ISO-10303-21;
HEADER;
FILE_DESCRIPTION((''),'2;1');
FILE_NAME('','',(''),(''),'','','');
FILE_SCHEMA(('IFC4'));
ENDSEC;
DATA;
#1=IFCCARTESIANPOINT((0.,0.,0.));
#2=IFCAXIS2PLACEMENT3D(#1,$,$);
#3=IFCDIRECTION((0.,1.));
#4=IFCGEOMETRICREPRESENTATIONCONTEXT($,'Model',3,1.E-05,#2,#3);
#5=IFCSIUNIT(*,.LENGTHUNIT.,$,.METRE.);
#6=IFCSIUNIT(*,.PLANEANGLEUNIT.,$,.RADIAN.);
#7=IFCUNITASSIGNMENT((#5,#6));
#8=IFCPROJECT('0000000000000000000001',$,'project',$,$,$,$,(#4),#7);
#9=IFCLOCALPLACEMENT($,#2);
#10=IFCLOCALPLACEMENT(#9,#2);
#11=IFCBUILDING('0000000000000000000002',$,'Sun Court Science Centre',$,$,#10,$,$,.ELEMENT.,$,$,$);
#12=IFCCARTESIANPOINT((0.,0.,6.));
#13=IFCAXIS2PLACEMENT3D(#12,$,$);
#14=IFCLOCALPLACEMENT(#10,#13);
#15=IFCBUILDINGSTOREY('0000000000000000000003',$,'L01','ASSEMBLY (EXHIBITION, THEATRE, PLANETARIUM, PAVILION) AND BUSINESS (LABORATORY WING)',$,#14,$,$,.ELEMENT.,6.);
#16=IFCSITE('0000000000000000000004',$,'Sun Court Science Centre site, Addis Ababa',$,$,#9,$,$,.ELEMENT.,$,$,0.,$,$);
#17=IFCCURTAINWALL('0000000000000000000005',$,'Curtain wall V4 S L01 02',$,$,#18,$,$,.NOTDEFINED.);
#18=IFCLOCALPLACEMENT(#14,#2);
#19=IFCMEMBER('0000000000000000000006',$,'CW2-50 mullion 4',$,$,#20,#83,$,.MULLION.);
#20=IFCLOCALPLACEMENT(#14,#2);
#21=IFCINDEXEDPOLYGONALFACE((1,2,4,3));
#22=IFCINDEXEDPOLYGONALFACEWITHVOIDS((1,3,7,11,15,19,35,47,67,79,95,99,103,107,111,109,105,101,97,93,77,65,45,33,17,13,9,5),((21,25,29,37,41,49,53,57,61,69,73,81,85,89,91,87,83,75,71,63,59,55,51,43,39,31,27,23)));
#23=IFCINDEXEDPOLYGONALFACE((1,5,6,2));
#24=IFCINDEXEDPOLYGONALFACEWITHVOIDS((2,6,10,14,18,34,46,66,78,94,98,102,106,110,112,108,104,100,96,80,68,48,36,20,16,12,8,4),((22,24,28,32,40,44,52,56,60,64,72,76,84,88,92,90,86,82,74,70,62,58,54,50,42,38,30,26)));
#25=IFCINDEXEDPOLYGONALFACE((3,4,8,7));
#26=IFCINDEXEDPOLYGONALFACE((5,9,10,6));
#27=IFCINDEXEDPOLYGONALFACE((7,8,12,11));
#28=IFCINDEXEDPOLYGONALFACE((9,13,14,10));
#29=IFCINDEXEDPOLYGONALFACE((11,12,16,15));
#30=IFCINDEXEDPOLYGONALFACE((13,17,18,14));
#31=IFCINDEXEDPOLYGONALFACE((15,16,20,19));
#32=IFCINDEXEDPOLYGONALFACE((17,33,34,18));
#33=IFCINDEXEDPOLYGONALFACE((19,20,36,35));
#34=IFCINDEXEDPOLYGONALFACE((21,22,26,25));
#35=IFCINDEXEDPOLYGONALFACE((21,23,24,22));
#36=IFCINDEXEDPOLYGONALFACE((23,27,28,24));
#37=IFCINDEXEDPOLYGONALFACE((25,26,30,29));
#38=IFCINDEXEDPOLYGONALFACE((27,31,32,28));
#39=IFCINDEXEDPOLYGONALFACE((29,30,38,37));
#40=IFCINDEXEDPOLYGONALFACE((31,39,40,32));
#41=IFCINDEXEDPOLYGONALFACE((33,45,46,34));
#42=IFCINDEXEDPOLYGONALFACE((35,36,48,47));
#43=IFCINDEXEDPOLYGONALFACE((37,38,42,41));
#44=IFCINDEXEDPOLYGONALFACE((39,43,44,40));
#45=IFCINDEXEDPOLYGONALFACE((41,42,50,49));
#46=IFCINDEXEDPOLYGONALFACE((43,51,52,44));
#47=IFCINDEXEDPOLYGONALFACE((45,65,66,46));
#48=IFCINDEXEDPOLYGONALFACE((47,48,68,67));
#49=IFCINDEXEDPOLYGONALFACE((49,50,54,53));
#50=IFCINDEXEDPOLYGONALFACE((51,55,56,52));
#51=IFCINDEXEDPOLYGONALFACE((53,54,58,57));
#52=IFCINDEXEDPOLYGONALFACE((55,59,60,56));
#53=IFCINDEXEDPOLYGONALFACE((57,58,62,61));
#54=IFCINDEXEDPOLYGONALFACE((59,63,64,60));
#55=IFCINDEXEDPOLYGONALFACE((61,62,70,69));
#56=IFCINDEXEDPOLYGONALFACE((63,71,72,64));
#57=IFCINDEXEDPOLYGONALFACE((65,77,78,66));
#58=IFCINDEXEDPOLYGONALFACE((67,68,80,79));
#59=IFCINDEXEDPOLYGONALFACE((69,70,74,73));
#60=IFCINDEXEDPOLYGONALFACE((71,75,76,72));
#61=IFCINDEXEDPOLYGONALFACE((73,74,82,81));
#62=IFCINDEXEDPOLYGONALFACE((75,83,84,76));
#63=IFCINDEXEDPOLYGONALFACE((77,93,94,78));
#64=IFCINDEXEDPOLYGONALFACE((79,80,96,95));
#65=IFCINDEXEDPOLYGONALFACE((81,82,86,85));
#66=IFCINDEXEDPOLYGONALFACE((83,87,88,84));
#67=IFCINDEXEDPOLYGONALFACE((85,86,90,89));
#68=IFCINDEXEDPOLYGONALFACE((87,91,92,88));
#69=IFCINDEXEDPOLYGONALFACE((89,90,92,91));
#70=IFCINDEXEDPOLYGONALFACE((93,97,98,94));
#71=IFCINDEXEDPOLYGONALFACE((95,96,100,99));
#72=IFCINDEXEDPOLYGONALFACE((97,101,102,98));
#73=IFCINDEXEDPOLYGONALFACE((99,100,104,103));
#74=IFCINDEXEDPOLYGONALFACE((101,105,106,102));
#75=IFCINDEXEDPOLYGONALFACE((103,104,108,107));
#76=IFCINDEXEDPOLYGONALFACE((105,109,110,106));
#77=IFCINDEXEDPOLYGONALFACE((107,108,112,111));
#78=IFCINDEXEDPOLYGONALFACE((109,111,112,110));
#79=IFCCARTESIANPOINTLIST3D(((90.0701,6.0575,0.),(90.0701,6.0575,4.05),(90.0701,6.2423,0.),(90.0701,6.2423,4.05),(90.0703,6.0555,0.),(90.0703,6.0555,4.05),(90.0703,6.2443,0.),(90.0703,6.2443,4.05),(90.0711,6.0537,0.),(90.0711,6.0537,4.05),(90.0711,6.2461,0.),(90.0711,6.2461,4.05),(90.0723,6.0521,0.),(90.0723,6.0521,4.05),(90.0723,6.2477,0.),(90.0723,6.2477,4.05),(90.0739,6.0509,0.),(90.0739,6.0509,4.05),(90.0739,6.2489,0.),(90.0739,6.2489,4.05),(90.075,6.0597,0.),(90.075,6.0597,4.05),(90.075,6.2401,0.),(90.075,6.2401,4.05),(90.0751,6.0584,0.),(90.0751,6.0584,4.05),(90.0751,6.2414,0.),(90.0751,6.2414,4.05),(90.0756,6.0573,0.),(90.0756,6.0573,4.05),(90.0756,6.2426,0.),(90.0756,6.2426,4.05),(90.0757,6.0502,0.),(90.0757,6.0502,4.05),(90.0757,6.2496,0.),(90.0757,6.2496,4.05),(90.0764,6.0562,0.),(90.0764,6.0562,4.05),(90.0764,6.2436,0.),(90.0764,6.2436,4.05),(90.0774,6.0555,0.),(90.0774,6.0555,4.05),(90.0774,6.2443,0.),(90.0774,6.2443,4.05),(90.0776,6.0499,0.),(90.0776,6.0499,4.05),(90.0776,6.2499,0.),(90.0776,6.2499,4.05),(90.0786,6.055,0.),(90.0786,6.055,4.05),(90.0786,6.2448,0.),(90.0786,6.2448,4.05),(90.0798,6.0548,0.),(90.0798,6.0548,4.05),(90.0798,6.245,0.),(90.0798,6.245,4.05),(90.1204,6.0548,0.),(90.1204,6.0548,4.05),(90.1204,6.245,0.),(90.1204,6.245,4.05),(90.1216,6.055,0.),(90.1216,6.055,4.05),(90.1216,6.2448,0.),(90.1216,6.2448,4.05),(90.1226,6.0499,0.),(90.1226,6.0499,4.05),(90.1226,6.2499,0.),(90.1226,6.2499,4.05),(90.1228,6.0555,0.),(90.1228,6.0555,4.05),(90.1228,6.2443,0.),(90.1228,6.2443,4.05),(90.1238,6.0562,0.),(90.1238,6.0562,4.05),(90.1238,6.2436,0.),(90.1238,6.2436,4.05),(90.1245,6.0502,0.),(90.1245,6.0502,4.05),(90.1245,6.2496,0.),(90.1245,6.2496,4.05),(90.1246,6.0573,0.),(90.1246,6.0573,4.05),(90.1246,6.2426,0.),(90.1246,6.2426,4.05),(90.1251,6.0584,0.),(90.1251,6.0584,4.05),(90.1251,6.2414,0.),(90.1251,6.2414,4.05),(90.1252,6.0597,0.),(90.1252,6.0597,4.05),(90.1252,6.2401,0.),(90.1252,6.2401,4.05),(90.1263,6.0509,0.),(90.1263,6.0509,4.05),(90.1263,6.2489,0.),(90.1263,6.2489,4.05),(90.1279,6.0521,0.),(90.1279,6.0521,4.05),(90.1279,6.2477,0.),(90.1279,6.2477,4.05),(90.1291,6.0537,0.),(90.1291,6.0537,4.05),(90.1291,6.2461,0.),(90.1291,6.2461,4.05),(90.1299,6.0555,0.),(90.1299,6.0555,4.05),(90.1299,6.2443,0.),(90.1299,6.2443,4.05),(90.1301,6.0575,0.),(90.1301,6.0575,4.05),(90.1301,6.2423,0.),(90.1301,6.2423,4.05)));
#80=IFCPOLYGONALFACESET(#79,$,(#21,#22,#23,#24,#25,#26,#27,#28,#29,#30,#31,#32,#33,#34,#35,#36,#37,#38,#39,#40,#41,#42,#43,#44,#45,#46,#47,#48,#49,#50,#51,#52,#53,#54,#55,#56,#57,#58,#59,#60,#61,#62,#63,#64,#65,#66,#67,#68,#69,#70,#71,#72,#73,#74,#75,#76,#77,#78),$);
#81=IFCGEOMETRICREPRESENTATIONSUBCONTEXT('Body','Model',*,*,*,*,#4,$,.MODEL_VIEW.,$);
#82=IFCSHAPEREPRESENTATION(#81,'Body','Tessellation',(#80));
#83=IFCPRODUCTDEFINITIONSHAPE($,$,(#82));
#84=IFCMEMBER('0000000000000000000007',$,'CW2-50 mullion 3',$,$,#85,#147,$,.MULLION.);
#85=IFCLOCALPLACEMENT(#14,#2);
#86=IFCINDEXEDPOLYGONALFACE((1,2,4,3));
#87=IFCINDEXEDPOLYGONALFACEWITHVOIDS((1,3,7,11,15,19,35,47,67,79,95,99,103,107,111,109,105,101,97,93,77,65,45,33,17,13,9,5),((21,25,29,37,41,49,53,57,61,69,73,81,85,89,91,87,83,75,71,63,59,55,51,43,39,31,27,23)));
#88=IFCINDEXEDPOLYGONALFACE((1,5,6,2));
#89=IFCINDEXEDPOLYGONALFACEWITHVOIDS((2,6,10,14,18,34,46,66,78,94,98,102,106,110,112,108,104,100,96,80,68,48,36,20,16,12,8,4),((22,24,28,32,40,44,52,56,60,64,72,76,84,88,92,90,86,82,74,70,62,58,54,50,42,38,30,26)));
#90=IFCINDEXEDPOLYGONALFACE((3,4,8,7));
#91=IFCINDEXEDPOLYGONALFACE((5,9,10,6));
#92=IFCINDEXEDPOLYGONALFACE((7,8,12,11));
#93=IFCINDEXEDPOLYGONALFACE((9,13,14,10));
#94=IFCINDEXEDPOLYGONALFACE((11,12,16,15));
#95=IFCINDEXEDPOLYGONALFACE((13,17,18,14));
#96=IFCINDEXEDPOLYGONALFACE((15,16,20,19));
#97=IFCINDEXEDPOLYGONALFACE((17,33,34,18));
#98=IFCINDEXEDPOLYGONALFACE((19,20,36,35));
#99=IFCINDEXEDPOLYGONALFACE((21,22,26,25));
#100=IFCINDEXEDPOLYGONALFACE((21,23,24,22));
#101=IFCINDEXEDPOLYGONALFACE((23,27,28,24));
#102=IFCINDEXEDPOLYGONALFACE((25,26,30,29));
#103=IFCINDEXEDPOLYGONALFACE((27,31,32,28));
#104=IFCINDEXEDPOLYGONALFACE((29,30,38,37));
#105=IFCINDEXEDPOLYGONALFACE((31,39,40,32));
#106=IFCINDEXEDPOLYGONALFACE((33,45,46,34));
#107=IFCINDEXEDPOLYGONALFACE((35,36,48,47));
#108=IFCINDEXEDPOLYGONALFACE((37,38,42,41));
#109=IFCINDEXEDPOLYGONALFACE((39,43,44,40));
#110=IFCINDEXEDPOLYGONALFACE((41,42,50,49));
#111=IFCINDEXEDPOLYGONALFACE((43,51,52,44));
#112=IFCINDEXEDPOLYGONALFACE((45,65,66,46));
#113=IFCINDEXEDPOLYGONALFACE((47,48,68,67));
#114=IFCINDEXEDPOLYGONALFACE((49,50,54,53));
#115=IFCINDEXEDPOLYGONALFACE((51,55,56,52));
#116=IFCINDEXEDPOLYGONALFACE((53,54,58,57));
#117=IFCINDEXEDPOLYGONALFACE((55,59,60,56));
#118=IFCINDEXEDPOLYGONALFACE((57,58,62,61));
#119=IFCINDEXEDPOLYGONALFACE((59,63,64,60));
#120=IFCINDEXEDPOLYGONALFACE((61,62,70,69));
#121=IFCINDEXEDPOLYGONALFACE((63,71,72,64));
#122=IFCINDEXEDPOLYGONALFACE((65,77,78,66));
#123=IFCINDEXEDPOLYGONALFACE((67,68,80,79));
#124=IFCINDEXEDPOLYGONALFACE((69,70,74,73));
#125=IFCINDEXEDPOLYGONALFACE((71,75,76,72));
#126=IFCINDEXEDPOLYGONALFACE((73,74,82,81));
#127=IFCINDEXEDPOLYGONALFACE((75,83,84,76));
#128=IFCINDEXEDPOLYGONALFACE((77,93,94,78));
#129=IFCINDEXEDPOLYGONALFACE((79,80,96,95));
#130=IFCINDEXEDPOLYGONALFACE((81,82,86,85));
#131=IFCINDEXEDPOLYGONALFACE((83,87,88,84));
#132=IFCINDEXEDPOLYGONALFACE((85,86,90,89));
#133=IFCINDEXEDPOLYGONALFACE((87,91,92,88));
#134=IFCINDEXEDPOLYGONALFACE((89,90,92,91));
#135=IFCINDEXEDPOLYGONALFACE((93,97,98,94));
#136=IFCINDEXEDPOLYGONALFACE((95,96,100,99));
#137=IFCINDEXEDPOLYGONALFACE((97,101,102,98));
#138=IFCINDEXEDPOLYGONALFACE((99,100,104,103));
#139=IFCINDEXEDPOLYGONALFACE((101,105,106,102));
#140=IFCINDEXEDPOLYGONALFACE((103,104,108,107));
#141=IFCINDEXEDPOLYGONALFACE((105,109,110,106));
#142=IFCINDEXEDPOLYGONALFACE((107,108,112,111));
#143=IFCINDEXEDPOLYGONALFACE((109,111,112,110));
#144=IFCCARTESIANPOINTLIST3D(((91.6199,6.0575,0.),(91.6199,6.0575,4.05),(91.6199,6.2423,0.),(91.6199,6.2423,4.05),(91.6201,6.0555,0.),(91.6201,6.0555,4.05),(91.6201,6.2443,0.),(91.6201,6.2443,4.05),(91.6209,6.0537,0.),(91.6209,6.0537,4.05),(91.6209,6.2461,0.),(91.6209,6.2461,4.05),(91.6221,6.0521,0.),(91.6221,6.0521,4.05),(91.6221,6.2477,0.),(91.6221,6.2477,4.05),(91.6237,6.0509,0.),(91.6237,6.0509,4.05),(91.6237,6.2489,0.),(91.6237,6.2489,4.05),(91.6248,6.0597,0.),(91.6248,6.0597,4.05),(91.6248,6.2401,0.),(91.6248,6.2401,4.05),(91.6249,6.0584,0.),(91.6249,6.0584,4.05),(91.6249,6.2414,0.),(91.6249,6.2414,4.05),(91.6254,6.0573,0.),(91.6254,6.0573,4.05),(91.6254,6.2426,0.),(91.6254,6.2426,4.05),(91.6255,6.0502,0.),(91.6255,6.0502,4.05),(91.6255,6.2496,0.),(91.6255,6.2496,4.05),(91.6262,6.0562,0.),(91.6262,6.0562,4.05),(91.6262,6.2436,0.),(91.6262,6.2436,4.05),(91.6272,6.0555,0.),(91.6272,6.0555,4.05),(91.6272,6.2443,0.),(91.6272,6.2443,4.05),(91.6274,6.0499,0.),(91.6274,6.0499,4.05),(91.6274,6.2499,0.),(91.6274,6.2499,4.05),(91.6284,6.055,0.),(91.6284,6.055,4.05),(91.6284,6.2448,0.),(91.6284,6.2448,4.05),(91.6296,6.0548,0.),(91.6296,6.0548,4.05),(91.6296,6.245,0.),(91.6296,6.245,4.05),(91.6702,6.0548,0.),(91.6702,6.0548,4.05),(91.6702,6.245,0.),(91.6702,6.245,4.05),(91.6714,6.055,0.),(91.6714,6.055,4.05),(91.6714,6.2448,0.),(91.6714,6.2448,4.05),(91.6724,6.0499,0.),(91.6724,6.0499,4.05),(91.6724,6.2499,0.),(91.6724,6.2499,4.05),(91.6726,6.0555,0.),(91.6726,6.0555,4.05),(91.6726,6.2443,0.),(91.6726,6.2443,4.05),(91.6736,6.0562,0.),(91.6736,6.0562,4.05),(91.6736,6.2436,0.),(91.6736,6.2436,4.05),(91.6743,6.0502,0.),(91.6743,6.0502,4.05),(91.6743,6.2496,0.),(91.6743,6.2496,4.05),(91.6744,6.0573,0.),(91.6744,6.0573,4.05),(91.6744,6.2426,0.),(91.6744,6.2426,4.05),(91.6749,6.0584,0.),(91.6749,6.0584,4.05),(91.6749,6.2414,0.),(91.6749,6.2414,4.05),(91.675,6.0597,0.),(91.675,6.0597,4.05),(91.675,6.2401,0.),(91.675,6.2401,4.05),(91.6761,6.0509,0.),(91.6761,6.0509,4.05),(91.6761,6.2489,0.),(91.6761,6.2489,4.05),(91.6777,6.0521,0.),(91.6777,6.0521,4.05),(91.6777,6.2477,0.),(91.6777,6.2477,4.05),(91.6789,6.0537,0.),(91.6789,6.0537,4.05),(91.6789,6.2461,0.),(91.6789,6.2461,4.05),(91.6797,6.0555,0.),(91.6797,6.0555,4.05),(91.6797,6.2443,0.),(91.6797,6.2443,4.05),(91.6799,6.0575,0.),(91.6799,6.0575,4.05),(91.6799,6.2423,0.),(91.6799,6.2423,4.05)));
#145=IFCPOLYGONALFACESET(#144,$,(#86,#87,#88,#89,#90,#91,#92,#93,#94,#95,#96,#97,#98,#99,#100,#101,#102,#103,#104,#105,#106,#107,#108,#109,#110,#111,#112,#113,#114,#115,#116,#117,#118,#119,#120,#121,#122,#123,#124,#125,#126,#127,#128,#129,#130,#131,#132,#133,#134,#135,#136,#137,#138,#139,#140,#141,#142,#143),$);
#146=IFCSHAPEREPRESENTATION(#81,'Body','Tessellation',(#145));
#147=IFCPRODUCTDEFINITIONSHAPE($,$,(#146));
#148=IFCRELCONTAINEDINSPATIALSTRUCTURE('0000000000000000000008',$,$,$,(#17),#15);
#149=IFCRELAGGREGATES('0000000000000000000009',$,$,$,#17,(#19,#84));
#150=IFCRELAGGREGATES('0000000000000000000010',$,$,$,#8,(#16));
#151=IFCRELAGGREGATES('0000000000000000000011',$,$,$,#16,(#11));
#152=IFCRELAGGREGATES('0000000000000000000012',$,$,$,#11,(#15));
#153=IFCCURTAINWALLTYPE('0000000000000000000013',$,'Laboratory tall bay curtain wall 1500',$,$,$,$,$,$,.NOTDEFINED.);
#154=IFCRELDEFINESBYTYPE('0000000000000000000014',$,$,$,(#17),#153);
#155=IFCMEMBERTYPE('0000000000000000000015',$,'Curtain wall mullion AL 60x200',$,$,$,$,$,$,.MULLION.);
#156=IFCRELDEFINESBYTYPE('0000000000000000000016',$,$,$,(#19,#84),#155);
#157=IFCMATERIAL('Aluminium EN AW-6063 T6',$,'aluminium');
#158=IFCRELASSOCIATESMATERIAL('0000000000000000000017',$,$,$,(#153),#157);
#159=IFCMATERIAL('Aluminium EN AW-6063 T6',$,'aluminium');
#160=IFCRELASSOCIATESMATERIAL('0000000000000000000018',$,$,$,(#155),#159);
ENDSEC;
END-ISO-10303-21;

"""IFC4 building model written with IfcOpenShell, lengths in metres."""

from ifc_helpers import new_model, si_unit, direction, frame, origin, origin_2d, place, context, subcontext, project, spatial, hollow_rectangle, extrude, material, material_profile, profile_set, type_object, element, aggregate, save


model = new_model("IFC4")

# Units and contexts
model_context = context("Model", 3, precision=1e-05, world=origin(), true_north=direction((0.0, 1.0)))
body_context = subcontext(model_context, "Body", "Model", "MODEL_VIEW")
ifc_project = project(units=[si_unit("LENGTHUNIT", "METRE"), si_unit("PLANEANGLEUNIT", "RADIAN")], contexts=[model_context])

# Site, building, storey
site_placement = place(None, origin())
site = spatial("IfcSite", under=ifc_project, at=site_placement, Name="Sun Court Science Centre site, Addis Ababa", CompositionType="ELEMENT", RefElevation=0.0)
building_placement = place(site_placement, origin())
building = spatial("IfcBuilding", under=site, at=building_placement, Name="Sun Court Science Centre", CompositionType="ELEMENT")
storey_placement = place(building_placement, frame((0.0, 0.0, 6.0)))
storey = spatial("IfcBuildingStorey", under=building, at=storey_placement, Name="L01", Description="ASSEMBLY (EXHIBITION, THEATRE, PLANETARIUM, PAVILION) AND BUSINESS (LABORATORY WING)", CompositionType="ELEMENT", Elevation=6.0)

# Curtain wall, members
ifc_material_1 = material(Name="Aluminium EN AW-6063 T6", Category="aluminium")
curtain_wall_type = type_object("IfcCurtainWallType", Name="Laboratory tall bay curtain wall 1500", PredefinedType="NOTDEFINED", material=ifc_material_1)
curtain_wall_placement = place(storey_placement, origin())
curtain_wall = element("IfcCurtainWall", 1, at=curtain_wall_placement, inside=storey, type_object=curtain_wall_type, Name="Curtain wall V4 S L01 02", PredefinedType="NOTDEFINED")
ifc_material_2 = material(Name="Aluminium EN AW-6063 T6", Category="aluminium")
ifc_material_profile_1 = material_profile(ifc_material_2, hollow_rectangle(XDim=0.0601, YDim=0.2, WallThickness=0.0049, InnerFilletRadius=0.0049, OuterFilletRadius=0.0076, at=origin_2d()), Name="AL 60x200x5")
ifc_profile_set_1 = profile_set([ifc_material_profile_1], Name="Aluminium EN AW-6063 T6")
member_type_1 = type_object("IfcMemberType", Name="Curtain wall mullion AL 60x200", PredefinedType="MULLION", material=ifc_profile_set_1)
member_1_placement = place(storey_placement, frame((90.1001, 6.1499, 0.0), z_axis=(0.0, 0.0, 1.0), x_axis=(-1.0, 0.0, 0.0)))
member_1 = element("IfcMember", 2, at=member_1_placement, type_object=member_type_1, Name="CW2-50 mullion 4", PredefinedType="MULLION", context=body_context, shape_type="SweptSolid", body=[
    extrude(hollow_rectangle(XDim=0.0601, YDim=0.2, WallThickness=0.0049, InnerFilletRadius=0.0049, OuterFilletRadius=0.0076, at=origin_2d()), origin(), (0.0, 0.0, 1.0), 4.05),
])
member_2_placement = place(storey_placement, frame((91.6499, 6.1499, 0.0), z_axis=(0.0, 0.0, 1.0), x_axis=(-1.0, 0.0, 0.0)))
member_2 = element("IfcMember", 3, at=member_2_placement, type_object=member_type_1, Name="CW2-50 mullion 3", PredefinedType="MULLION", context=body_context, shape_type="SweptSolid", body=[
    extrude(hollow_rectangle(XDim=0.0601, YDim=0.2, WallThickness=0.0049, InnerFilletRadius=0.0049, OuterFilletRadius=0.0076, at=origin_2d()), origin(), (0.0, 0.0, 1.0), 4.05),
])

aggregate(curtain_wall, [member_1, member_2])

save(model, "model.ifc")
